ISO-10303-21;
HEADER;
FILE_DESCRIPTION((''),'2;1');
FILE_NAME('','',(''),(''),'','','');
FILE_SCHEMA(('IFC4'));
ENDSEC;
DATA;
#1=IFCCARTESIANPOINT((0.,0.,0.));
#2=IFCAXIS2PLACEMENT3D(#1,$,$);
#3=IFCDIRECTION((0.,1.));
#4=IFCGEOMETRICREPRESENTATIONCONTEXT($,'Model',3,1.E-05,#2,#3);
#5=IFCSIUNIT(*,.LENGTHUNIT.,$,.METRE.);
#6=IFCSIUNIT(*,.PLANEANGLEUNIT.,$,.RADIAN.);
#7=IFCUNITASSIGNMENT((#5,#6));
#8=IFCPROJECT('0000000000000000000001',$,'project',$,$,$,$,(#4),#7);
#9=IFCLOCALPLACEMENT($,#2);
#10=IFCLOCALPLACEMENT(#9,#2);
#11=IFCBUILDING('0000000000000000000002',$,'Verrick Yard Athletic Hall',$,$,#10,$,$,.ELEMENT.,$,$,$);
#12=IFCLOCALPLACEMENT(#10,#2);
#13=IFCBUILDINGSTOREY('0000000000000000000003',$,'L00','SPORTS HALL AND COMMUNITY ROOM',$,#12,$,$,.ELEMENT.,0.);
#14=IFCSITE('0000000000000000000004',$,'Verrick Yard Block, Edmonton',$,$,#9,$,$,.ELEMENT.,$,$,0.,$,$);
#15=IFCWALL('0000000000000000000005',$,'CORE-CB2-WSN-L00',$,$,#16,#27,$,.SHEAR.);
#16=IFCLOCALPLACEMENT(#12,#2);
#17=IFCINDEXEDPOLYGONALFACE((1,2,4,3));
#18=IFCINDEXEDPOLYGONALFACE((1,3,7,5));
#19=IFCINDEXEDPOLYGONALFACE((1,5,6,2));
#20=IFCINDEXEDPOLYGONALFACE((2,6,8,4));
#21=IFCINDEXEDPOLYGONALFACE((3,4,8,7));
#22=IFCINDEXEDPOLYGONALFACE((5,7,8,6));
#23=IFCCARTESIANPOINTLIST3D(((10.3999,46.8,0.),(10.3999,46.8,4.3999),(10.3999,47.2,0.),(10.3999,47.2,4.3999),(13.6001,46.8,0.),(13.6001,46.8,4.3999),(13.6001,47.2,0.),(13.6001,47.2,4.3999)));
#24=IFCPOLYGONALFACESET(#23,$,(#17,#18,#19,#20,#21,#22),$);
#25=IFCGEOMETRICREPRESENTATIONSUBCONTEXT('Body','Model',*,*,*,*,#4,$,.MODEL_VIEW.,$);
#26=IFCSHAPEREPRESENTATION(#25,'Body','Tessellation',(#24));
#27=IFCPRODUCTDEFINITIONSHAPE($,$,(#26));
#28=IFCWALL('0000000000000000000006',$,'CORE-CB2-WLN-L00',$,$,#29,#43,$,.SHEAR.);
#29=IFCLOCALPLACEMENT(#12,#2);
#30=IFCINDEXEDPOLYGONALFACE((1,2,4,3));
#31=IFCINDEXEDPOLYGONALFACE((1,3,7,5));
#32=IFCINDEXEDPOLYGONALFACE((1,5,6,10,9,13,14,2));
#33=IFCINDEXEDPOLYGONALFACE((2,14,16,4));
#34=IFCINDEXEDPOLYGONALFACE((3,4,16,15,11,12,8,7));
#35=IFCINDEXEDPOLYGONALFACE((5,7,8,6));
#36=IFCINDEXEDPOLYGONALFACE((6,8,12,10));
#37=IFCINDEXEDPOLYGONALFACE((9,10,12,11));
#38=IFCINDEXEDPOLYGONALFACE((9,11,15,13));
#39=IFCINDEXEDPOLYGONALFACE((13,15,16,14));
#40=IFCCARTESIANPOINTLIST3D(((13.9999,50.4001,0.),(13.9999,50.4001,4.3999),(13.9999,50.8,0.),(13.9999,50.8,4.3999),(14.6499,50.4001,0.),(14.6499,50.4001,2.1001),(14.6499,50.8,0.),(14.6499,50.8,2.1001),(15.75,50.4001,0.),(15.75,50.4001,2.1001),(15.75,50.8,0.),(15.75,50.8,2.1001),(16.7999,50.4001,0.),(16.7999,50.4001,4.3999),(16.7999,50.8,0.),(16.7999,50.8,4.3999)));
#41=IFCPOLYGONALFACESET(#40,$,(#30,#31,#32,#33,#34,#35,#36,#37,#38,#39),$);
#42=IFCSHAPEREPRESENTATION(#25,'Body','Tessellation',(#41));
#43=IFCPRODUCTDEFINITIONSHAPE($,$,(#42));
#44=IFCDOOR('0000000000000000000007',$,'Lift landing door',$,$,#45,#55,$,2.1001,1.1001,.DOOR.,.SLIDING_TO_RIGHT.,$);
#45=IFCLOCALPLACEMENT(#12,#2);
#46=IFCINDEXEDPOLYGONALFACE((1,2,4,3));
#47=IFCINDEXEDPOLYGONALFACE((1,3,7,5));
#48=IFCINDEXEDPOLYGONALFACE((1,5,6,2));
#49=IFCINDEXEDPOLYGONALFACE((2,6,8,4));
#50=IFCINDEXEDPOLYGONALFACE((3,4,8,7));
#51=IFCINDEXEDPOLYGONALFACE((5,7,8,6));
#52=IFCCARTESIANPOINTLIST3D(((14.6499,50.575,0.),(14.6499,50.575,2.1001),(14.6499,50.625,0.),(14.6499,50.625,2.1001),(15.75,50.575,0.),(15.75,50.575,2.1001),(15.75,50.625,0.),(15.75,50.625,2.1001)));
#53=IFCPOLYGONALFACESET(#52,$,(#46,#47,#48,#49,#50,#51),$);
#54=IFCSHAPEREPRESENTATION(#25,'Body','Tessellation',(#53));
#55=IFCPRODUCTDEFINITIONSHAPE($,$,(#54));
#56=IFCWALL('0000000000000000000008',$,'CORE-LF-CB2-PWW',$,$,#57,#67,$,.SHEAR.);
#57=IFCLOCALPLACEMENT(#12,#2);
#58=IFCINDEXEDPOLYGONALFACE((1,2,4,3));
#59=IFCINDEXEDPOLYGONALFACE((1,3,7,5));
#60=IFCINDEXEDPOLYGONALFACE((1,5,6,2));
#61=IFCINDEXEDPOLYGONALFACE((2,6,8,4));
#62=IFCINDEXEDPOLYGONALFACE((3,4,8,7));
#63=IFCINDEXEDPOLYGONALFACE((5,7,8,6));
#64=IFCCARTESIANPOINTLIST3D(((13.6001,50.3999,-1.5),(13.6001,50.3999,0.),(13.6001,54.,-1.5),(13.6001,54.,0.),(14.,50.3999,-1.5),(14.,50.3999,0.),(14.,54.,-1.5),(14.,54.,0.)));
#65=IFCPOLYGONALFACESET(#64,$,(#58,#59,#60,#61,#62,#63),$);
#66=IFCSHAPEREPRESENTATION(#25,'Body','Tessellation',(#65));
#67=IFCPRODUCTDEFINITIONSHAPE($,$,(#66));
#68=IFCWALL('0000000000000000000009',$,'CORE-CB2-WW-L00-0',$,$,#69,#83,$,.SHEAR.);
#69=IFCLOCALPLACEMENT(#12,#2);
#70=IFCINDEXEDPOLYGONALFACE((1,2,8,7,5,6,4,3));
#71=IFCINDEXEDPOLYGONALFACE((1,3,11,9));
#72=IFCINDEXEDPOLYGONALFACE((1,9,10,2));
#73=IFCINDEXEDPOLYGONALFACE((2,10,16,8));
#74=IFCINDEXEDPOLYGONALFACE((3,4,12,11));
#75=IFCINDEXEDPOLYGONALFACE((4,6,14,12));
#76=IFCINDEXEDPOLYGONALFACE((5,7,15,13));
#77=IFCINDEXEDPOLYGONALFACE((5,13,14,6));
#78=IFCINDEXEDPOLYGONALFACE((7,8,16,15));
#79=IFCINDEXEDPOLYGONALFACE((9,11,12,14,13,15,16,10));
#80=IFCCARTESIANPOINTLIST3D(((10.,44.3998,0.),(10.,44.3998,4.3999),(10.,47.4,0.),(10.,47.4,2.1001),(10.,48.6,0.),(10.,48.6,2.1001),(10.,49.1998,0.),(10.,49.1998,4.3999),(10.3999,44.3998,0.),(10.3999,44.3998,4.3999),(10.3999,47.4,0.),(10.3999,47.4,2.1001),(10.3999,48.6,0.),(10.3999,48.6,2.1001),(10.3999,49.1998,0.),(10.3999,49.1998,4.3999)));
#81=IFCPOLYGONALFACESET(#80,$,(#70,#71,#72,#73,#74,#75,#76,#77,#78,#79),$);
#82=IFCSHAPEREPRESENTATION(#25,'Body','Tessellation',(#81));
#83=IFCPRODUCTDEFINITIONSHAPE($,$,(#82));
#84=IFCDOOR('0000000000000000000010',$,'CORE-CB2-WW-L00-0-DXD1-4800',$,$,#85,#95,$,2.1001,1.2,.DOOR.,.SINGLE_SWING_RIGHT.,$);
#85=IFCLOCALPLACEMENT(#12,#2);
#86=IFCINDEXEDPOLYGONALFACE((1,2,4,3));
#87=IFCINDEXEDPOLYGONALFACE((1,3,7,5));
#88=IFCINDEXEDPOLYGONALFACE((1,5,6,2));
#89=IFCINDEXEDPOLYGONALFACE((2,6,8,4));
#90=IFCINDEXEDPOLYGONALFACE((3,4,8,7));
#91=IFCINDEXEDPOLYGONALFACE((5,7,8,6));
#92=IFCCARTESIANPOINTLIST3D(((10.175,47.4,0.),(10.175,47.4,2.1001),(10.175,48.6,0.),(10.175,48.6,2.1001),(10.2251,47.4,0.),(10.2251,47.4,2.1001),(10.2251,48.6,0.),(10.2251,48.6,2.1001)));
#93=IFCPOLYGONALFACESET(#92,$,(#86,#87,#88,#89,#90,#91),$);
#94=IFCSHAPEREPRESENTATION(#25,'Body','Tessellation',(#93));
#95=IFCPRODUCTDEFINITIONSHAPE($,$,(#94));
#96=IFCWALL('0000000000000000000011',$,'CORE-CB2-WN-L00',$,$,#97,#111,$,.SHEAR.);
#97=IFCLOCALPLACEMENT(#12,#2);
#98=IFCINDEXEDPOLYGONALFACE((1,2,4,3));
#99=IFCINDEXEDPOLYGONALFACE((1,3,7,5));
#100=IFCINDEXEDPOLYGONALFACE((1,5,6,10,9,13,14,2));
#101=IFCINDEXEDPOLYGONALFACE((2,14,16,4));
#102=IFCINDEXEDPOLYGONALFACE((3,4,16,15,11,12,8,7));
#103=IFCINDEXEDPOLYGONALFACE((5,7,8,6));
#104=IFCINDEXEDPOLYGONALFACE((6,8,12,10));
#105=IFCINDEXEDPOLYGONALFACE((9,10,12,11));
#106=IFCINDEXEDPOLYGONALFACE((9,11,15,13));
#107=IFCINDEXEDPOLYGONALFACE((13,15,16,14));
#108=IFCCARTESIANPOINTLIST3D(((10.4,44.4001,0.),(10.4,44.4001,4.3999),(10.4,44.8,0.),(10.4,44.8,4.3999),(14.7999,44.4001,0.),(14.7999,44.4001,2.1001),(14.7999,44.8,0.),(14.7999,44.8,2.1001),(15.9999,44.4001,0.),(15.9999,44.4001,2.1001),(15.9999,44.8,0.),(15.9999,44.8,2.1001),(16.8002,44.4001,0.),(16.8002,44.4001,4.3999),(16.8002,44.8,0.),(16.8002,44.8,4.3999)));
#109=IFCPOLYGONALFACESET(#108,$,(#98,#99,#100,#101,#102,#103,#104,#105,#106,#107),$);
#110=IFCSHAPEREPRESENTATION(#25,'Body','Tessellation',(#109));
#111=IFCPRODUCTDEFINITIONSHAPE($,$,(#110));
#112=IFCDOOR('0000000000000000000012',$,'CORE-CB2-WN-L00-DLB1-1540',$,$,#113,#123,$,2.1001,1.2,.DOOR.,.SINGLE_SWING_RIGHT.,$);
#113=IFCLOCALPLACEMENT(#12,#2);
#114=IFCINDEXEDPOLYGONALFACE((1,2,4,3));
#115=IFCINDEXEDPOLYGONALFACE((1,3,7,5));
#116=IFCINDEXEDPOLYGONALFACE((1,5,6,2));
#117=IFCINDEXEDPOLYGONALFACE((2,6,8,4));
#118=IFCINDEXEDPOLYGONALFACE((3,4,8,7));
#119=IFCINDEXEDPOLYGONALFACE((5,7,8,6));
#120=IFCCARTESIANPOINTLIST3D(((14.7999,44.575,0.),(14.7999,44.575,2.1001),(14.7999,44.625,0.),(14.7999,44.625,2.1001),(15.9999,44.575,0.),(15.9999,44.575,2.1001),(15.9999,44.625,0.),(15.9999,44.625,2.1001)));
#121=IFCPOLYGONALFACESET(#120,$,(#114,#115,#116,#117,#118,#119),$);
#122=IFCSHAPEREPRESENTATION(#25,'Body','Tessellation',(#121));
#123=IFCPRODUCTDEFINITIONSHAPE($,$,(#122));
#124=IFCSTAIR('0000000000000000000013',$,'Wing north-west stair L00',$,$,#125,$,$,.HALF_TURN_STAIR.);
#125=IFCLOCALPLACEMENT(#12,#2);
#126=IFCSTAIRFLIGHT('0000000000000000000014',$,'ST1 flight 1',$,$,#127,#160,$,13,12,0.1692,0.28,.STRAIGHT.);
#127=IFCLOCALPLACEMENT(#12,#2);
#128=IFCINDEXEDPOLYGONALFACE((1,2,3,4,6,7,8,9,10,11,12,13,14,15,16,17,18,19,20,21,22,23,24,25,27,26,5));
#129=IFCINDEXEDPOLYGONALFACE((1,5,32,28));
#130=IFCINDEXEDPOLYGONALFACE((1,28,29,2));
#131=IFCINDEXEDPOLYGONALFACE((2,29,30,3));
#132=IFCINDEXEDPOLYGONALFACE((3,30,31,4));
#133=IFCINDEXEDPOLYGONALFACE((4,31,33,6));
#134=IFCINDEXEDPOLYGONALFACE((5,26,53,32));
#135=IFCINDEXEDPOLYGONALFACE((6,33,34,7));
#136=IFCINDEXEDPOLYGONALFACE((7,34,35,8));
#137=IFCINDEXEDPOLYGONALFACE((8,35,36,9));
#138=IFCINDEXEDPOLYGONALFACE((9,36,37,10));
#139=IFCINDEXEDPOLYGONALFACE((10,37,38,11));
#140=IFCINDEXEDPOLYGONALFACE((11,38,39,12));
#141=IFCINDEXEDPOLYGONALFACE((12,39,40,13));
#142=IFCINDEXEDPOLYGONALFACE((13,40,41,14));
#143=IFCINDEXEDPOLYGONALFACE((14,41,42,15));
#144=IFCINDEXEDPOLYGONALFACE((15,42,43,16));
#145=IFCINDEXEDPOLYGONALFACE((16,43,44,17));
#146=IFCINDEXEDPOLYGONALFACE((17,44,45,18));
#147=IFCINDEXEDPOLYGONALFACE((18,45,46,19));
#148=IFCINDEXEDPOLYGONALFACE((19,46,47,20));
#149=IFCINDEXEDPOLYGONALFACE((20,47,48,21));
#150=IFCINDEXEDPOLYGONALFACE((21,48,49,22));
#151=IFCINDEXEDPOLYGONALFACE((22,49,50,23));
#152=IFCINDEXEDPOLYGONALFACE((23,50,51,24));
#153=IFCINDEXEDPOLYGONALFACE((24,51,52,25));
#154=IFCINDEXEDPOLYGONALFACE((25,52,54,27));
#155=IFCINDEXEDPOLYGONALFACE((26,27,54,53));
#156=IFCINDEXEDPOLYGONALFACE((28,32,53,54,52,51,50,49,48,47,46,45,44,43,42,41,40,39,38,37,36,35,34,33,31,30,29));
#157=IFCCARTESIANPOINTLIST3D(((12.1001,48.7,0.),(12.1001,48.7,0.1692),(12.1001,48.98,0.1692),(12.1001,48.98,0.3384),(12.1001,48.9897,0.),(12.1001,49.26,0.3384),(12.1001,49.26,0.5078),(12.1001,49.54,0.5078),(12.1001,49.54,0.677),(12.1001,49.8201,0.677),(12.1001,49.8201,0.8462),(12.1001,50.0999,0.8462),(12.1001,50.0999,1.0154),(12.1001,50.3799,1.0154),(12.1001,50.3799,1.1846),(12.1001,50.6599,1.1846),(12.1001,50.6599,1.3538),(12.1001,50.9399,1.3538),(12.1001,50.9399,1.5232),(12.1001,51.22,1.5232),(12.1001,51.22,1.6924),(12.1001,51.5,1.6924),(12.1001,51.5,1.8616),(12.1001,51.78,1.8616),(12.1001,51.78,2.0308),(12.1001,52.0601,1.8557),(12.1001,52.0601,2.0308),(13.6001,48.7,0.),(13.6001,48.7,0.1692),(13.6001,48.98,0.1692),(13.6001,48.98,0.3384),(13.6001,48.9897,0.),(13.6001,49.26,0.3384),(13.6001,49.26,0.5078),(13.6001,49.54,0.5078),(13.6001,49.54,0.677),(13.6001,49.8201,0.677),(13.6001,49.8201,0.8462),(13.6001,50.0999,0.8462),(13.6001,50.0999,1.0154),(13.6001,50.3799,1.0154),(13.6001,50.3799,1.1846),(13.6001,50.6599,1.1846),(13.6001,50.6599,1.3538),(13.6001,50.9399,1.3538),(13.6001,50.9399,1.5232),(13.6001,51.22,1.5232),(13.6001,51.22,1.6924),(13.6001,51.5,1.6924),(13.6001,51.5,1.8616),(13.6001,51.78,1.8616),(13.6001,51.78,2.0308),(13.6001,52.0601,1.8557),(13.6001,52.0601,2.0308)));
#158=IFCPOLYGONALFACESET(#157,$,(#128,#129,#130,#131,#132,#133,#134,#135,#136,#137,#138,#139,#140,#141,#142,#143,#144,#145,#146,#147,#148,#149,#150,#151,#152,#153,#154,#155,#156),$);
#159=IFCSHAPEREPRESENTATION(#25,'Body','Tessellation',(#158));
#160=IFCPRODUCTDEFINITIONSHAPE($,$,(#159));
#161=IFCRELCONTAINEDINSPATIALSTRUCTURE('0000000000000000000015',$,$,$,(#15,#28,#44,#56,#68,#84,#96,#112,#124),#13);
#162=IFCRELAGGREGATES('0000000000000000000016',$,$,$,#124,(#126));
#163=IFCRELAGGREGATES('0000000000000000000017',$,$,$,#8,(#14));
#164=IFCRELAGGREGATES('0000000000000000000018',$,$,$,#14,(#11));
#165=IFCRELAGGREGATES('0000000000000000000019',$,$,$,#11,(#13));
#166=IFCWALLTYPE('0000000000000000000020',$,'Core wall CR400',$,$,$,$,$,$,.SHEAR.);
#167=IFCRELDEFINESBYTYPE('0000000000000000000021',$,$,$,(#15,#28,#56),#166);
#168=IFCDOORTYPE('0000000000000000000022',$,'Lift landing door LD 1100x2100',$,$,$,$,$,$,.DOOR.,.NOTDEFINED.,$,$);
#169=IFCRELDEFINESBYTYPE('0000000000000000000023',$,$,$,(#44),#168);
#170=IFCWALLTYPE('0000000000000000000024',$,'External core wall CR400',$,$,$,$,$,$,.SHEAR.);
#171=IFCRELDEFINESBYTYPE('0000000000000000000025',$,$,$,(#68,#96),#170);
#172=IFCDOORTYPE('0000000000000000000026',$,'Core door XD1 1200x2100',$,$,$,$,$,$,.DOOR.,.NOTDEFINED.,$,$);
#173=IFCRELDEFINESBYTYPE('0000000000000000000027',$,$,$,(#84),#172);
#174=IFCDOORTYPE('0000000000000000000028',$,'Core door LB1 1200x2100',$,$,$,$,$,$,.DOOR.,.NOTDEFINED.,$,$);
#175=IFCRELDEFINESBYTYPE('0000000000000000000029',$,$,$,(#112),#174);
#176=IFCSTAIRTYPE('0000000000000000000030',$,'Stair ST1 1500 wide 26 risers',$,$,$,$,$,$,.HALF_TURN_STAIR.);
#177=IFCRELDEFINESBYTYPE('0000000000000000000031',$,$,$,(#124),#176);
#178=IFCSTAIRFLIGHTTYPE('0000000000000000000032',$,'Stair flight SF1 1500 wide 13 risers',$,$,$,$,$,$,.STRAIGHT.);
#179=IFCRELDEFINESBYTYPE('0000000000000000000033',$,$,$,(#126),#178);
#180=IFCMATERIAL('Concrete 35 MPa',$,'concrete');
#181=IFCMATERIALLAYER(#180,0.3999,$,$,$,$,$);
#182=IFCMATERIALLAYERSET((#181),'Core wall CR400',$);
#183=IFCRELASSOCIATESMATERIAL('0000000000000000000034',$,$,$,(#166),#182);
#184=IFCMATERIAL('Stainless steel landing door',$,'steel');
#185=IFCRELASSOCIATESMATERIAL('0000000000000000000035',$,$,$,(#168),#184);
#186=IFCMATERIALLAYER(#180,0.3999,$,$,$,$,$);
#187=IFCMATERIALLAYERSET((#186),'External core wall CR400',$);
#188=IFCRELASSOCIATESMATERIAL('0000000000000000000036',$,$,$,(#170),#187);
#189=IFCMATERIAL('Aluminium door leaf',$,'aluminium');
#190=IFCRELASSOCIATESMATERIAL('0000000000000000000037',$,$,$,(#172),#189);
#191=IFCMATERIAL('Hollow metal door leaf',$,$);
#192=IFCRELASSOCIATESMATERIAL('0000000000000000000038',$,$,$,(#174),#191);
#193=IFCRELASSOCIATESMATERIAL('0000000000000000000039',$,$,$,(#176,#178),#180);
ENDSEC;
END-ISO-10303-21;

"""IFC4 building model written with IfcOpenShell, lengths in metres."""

from ifc_helpers import new_model, si_unit, direction, frame, frame_2d, origin, place, context, subcontext, project, spatial, polyline, rectangle, outline, extrude, material, layer, layer_set, type_object, element, fill, aggregate, save


model = new_model("IFC4")

# Units and contexts
model_context = context("Model", 3, precision=1e-05, world=origin(), true_north=direction((0.0, 1.0)))
body_context = subcontext(model_context, "Body", "Model", "MODEL_VIEW")
ifc_project = project(units=[si_unit("LENGTHUNIT", "METRE"), si_unit("PLANEANGLEUNIT", "RADIAN")], contexts=[model_context])

# Site, building, storey
site_placement = place(None, origin())
site = spatial("IfcSite", under=ifc_project, at=site_placement, Name="Verrick Yard Block, Edmonton", CompositionType="ELEMENT", RefElevation=0.0)
building_placement = place(site_placement, origin())
building = spatial("IfcBuilding", under=site, at=building_placement, Name="Verrick Yard Athletic Hall", CompositionType="ELEMENT")
storey_placement = place(building_placement, origin())
storey = spatial("IfcBuildingStorey", under=building, at=storey_placement, Name="L00", Description="SPORTS HALL AND COMMUNITY ROOM", CompositionType="ELEMENT", Elevation=0.0)

# Shared definitions
ifc_material_1 = material(Name="Concrete 35 MPa", Category="concrete")

# Shared definitions
ifc_layer_1 = layer(ifc_material_1, 0.3999)
ifc_layer_set_1 = layer_set([ifc_layer_1], Name="Core wall CR400")
wall_type_1 = type_object("IfcWallType", Name="Core wall CR400", PredefinedType="SHEAR", material=ifc_layer_set_1)
ifc_material_2 = material(Name="Hollow metal door leaf")

# Wall
wall_1_placement = place(storey_placement, frame((10.3999, 47.0, 0.0), z_axis=(0.0, 0.0, 1.0), x_axis=(1.0, 0.0, 0.0)))
element("IfcWall", 1, at=wall_1_placement, inside=storey, type_object=wall_type_1, Name="CORE-CB2-WSN-L00", PredefinedType="SHEAR", context=body_context, shape_type="SweptSolid", body=[
    extrude(rectangle(XDim=3.2002, YDim=0.3999, at=frame_2d((1.6001, 0.0))), origin(), (0.0, 0.0, 1.0), 4.3999),
])

# Wall, opening, door
wall_2_placement = place(storey_placement, frame((14.0, 50.6001, 0.0), z_axis=(0.0, 0.0, 1.0), x_axis=(1.0, 0.0, 0.0)))
wall_2 = element("IfcWall", 2, at=wall_2_placement, inside=storey, type_object=wall_type_1, Name="CORE-CB2-WLN-L00", PredefinedType="SHEAR", context=body_context, shape_type="SweptSolid", body=[
    extrude(rectangle(XDim=2.8, YDim=0.3999, at=frame_2d((1.3999, 0.0))), origin(), (0.0, 0.0, 1.0), 4.3999),
])
opening_1_placement = place(wall_2_placement, frame((0.6499, 0.0, 0.0)))
opening_1 = element("IfcOpeningElement", 3, at=opening_1_placement, cuts=wall_2, PredefinedType="OPENING", context=body_context, shape_type="SweptSolid", body=[
    extrude(rectangle(XDim=1.1001, YDim=2.1001, at=frame_2d((0.55, 1.05))), frame((0.0, 0.21, 0.0), z_axis=(0.0, -1.0, 0.0), x_axis=(1.0, 0.0, 0.0)), (0.0, 0.0, 1.0), 0.4199),
])
ifc_material_3 = material(Name="Stainless steel landing door", Category="steel")
door_type_1 = type_object("IfcDoorType", Name="Lift landing door LD 1100x2100", OperationType="NOTDEFINED", PredefinedType="DOOR", material=ifc_material_3)
door_1_placement = place(opening_1_placement, origin())
door_1 = element("IfcDoor", 4, at=door_1_placement, inside=storey, type_object=door_type_1, Name="Lift landing door", OperationType="SLIDING_TO_RIGHT", OverallHeight=2.1001, OverallWidth=1.1001, PredefinedType="DOOR", context=body_context, shape_type="SweptSolid", body=[
    extrude(rectangle(XDim=1.1001, YDim=2.1001, at=frame_2d((0.55, 1.05))), frame((0.0, 0.0249, 0.0), z_axis=(0.0, -1.0, 0.0), x_axis=(1.0, 0.0, 0.0)), (0.0, 0.0, 1.0), 0.05),
])
fill(opening_1, door_1)

# Wall
wall_3_placement = place(storey_placement, frame((13.8, 50.3999, -1.5), z_axis=(0.0, 0.0, 1.0), x_axis=(0.0, 1.0, 0.0)))
element("IfcWall", 5, at=wall_3_placement, inside=storey, type_object=wall_type_1, Name="CORE-LF-CB2-PWW", PredefinedType="SHEAR", context=body_context, shape_type="SweptSolid", body=[
    extrude(rectangle(XDim=3.6001, YDim=0.3999, at=frame_2d((1.8, 0.0))), origin(), (0.0, 0.0, 1.0), 1.5),
])

# Walls, openings, doors
ifc_layer_2 = layer(ifc_material_1, 0.3999)
ifc_layer_set_2 = layer_set([ifc_layer_2], Name="External core wall CR400")
wall_type_2 = type_object("IfcWallType", Name="External core wall CR400", PredefinedType="SHEAR", material=ifc_layer_set_2)
wall_4_placement = place(storey_placement, frame((10.2, 44.3999, 0.0), z_axis=(0.0, 0.0, 1.0), x_axis=(0.0, 1.0, 0.0)))
wall_4 = element("IfcWall", 6, at=wall_4_placement, inside=storey, type_object=wall_type_2, Name="CORE-CB2-WW-L00-0", PredefinedType="SHEAR", context=body_context, shape_type="SweptSolid", body=[
    extrude(rectangle(XDim=4.8, YDim=0.3999, at=frame_2d((2.3999, 0.0))), origin(), (0.0, 0.0, 1.0), 4.3999),
])
opening_2_placement = place(wall_4_placement, frame((3.0, 0.0, 0.0)))
opening_2 = element("IfcOpeningElement", 7, at=opening_2_placement, cuts=wall_4, PredefinedType="OPENING", context=body_context, shape_type="SweptSolid", body=[
    extrude(rectangle(XDim=1.2, YDim=2.1001, at=frame_2d((0.6001, 1.05))), frame((0.0, 0.21, 0.0), z_axis=(0.0, -1.0, 0.0), x_axis=(1.0, 0.0, 0.0)), (0.0, 0.0, 1.0), 0.4199),
])
ifc_material_4 = material(Name="Aluminium door leaf", Category="aluminium")
door_type_2 = type_object("IfcDoorType", Name="Core door XD1 1200x2100", OperationType="NOTDEFINED", PredefinedType="DOOR", material=ifc_material_4)
door_2_placement = place(opening_2_placement, origin())
door_2 = element("IfcDoor", 8, at=door_2_placement, inside=storey, type_object=door_type_2, Name="CORE-CB2-WW-L00-0-DXD1-4800", OperationType="SINGLE_SWING_RIGHT", OverallHeight=2.1001, OverallWidth=1.2, PredefinedType="DOOR", context=body_context, shape_type="SweptSolid", body=[
    extrude(rectangle(XDim=1.2, YDim=2.1001, at=frame_2d((0.6001, 1.05))), frame((0.0, 0.0249, 0.0), z_axis=(0.0, -1.0, 0.0), x_axis=(1.0, 0.0, 0.0)), (0.0, 0.0, 1.0), 0.05),
])
fill(opening_2, door_2)
wall_5_placement = place(storey_placement, frame((10.3999, 44.6001, 0.0), z_axis=(0.0, 0.0, 1.0), x_axis=(1.0, 0.0, 0.0)))
wall_5 = element("IfcWall", 9, at=wall_5_placement, inside=storey, type_object=wall_type_2, Name="CORE-CB2-WN-L00", PredefinedType="SHEAR", context=body_context, shape_type="SweptSolid", body=[
    extrude(rectangle(XDim=6.4001, YDim=0.3999, at=frame_2d((3.2002, 0.0))), origin(), (0.0, 0.0, 1.0), 4.3999),
])
opening_3_placement = place(wall_5_placement, frame((4.3999, 0.0, 0.0)))
opening_3 = element("IfcOpeningElement", 10, at=opening_3_placement, cuts=wall_5, PredefinedType="OPENING", context=body_context, shape_type="SweptSolid", body=[
    extrude(rectangle(XDim=1.2, YDim=2.1001, at=frame_2d((0.6001, 1.05))), frame((0.0, 0.21, 0.0), z_axis=(0.0, -1.0, 0.0), x_axis=(1.0, 0.0, 0.0)), (0.0, 0.0, 1.0), 0.4199),
])
door_type_3 = type_object("IfcDoorType", Name="Core door LB1 1200x2100", OperationType="NOTDEFINED", PredefinedType="DOOR", material=ifc_material_2)
door_3_placement = place(opening_3_placement, origin())
door_3 = element("IfcDoor", 11, at=door_3_placement, inside=storey, type_object=door_type_3, Name="CORE-CB2-WN-L00-DLB1-1540", OperationType="SINGLE_SWING_RIGHT", OverallHeight=2.1001, OverallWidth=1.2, PredefinedType="DOOR", context=body_context, shape_type="SweptSolid", body=[
    extrude(rectangle(XDim=1.2, YDim=2.1001, at=frame_2d((0.6001, 1.05))), frame((0.0, 0.0249, 0.0), z_axis=(0.0, -1.0, 0.0), x_axis=(1.0, 0.0, 0.0)), (0.0, 0.0, 1.0), 0.05),
])
fill(opening_3, door_3)

# Stair, stair flight
stair_type = type_object("IfcStairType", Name="Stair ST1 1500 wide 26 risers", PredefinedType="HALF_TURN_STAIR", material=ifc_material_1)
stair_placement = place(storey_placement, origin())
stair = element("IfcStair", 12, at=stair_placement, inside=storey, type_object=stair_type, Name="Wing north-west stair L00", PredefinedType="HALF_TURN_STAIR")
stair_flight_type = type_object("IfcStairFlightType", Name="Stair flight SF1 1500 wide 13 risers", PredefinedType="STRAIGHT", material=ifc_material_1)
stair_flight_placement = place(storey_placement, frame((12.8501, 48.7, 0.0), z_axis=(0.0, 0.0, 1.0), x_axis=(0.0, 1.0, 0.0)))
stair_flight = element("IfcStairFlight", 13, at=stair_flight_placement, type_object=stair_flight_type, Name="ST1 flight 1", NumberOfRisers=13, NumberOfTreads=12, PredefinedType="STRAIGHT", RiserHeight=0.1692, TreadLength=0.28, context=body_context, shape_type="SweptSolid", body=[
    extrude(outline(polyline([(0.0, 0.0), (0.0, 0.1692), (0.28, 0.1692), (0.28, 0.3384), (0.5601, 0.3384), (0.5601, 0.5078), (0.8401, 0.5078), (0.8401, 0.677), (1.1201, 0.677), (1.1201, 0.8462), (1.3999, 0.8462), (1.3999, 1.0154), (1.6799, 1.0154), (1.6799, 1.1846), (1.96, 1.1846), (1.96, 1.3538), (2.24, 1.3538), (2.24, 1.5232), (2.52, 1.5232), (2.52, 1.6924), (2.8, 1.6924), (2.8, 1.8616), (3.0801, 1.8616), (3.0801, 2.0308), (3.3601, 2.0308), (3.3601, 2.2), (3.3601, 1.8557), (0.2898, 0.0), (0.0, 0.0)])), frame((0.0, 0.75, 0.0), z_axis=(0.0, -1.0, 0.0), x_axis=(1.0, 0.0, 0.0)), (0.0, 0.0, 1.0), 1.5),
])
aggregate(stair, [stair_flight])

save(model, "model.ifc")
